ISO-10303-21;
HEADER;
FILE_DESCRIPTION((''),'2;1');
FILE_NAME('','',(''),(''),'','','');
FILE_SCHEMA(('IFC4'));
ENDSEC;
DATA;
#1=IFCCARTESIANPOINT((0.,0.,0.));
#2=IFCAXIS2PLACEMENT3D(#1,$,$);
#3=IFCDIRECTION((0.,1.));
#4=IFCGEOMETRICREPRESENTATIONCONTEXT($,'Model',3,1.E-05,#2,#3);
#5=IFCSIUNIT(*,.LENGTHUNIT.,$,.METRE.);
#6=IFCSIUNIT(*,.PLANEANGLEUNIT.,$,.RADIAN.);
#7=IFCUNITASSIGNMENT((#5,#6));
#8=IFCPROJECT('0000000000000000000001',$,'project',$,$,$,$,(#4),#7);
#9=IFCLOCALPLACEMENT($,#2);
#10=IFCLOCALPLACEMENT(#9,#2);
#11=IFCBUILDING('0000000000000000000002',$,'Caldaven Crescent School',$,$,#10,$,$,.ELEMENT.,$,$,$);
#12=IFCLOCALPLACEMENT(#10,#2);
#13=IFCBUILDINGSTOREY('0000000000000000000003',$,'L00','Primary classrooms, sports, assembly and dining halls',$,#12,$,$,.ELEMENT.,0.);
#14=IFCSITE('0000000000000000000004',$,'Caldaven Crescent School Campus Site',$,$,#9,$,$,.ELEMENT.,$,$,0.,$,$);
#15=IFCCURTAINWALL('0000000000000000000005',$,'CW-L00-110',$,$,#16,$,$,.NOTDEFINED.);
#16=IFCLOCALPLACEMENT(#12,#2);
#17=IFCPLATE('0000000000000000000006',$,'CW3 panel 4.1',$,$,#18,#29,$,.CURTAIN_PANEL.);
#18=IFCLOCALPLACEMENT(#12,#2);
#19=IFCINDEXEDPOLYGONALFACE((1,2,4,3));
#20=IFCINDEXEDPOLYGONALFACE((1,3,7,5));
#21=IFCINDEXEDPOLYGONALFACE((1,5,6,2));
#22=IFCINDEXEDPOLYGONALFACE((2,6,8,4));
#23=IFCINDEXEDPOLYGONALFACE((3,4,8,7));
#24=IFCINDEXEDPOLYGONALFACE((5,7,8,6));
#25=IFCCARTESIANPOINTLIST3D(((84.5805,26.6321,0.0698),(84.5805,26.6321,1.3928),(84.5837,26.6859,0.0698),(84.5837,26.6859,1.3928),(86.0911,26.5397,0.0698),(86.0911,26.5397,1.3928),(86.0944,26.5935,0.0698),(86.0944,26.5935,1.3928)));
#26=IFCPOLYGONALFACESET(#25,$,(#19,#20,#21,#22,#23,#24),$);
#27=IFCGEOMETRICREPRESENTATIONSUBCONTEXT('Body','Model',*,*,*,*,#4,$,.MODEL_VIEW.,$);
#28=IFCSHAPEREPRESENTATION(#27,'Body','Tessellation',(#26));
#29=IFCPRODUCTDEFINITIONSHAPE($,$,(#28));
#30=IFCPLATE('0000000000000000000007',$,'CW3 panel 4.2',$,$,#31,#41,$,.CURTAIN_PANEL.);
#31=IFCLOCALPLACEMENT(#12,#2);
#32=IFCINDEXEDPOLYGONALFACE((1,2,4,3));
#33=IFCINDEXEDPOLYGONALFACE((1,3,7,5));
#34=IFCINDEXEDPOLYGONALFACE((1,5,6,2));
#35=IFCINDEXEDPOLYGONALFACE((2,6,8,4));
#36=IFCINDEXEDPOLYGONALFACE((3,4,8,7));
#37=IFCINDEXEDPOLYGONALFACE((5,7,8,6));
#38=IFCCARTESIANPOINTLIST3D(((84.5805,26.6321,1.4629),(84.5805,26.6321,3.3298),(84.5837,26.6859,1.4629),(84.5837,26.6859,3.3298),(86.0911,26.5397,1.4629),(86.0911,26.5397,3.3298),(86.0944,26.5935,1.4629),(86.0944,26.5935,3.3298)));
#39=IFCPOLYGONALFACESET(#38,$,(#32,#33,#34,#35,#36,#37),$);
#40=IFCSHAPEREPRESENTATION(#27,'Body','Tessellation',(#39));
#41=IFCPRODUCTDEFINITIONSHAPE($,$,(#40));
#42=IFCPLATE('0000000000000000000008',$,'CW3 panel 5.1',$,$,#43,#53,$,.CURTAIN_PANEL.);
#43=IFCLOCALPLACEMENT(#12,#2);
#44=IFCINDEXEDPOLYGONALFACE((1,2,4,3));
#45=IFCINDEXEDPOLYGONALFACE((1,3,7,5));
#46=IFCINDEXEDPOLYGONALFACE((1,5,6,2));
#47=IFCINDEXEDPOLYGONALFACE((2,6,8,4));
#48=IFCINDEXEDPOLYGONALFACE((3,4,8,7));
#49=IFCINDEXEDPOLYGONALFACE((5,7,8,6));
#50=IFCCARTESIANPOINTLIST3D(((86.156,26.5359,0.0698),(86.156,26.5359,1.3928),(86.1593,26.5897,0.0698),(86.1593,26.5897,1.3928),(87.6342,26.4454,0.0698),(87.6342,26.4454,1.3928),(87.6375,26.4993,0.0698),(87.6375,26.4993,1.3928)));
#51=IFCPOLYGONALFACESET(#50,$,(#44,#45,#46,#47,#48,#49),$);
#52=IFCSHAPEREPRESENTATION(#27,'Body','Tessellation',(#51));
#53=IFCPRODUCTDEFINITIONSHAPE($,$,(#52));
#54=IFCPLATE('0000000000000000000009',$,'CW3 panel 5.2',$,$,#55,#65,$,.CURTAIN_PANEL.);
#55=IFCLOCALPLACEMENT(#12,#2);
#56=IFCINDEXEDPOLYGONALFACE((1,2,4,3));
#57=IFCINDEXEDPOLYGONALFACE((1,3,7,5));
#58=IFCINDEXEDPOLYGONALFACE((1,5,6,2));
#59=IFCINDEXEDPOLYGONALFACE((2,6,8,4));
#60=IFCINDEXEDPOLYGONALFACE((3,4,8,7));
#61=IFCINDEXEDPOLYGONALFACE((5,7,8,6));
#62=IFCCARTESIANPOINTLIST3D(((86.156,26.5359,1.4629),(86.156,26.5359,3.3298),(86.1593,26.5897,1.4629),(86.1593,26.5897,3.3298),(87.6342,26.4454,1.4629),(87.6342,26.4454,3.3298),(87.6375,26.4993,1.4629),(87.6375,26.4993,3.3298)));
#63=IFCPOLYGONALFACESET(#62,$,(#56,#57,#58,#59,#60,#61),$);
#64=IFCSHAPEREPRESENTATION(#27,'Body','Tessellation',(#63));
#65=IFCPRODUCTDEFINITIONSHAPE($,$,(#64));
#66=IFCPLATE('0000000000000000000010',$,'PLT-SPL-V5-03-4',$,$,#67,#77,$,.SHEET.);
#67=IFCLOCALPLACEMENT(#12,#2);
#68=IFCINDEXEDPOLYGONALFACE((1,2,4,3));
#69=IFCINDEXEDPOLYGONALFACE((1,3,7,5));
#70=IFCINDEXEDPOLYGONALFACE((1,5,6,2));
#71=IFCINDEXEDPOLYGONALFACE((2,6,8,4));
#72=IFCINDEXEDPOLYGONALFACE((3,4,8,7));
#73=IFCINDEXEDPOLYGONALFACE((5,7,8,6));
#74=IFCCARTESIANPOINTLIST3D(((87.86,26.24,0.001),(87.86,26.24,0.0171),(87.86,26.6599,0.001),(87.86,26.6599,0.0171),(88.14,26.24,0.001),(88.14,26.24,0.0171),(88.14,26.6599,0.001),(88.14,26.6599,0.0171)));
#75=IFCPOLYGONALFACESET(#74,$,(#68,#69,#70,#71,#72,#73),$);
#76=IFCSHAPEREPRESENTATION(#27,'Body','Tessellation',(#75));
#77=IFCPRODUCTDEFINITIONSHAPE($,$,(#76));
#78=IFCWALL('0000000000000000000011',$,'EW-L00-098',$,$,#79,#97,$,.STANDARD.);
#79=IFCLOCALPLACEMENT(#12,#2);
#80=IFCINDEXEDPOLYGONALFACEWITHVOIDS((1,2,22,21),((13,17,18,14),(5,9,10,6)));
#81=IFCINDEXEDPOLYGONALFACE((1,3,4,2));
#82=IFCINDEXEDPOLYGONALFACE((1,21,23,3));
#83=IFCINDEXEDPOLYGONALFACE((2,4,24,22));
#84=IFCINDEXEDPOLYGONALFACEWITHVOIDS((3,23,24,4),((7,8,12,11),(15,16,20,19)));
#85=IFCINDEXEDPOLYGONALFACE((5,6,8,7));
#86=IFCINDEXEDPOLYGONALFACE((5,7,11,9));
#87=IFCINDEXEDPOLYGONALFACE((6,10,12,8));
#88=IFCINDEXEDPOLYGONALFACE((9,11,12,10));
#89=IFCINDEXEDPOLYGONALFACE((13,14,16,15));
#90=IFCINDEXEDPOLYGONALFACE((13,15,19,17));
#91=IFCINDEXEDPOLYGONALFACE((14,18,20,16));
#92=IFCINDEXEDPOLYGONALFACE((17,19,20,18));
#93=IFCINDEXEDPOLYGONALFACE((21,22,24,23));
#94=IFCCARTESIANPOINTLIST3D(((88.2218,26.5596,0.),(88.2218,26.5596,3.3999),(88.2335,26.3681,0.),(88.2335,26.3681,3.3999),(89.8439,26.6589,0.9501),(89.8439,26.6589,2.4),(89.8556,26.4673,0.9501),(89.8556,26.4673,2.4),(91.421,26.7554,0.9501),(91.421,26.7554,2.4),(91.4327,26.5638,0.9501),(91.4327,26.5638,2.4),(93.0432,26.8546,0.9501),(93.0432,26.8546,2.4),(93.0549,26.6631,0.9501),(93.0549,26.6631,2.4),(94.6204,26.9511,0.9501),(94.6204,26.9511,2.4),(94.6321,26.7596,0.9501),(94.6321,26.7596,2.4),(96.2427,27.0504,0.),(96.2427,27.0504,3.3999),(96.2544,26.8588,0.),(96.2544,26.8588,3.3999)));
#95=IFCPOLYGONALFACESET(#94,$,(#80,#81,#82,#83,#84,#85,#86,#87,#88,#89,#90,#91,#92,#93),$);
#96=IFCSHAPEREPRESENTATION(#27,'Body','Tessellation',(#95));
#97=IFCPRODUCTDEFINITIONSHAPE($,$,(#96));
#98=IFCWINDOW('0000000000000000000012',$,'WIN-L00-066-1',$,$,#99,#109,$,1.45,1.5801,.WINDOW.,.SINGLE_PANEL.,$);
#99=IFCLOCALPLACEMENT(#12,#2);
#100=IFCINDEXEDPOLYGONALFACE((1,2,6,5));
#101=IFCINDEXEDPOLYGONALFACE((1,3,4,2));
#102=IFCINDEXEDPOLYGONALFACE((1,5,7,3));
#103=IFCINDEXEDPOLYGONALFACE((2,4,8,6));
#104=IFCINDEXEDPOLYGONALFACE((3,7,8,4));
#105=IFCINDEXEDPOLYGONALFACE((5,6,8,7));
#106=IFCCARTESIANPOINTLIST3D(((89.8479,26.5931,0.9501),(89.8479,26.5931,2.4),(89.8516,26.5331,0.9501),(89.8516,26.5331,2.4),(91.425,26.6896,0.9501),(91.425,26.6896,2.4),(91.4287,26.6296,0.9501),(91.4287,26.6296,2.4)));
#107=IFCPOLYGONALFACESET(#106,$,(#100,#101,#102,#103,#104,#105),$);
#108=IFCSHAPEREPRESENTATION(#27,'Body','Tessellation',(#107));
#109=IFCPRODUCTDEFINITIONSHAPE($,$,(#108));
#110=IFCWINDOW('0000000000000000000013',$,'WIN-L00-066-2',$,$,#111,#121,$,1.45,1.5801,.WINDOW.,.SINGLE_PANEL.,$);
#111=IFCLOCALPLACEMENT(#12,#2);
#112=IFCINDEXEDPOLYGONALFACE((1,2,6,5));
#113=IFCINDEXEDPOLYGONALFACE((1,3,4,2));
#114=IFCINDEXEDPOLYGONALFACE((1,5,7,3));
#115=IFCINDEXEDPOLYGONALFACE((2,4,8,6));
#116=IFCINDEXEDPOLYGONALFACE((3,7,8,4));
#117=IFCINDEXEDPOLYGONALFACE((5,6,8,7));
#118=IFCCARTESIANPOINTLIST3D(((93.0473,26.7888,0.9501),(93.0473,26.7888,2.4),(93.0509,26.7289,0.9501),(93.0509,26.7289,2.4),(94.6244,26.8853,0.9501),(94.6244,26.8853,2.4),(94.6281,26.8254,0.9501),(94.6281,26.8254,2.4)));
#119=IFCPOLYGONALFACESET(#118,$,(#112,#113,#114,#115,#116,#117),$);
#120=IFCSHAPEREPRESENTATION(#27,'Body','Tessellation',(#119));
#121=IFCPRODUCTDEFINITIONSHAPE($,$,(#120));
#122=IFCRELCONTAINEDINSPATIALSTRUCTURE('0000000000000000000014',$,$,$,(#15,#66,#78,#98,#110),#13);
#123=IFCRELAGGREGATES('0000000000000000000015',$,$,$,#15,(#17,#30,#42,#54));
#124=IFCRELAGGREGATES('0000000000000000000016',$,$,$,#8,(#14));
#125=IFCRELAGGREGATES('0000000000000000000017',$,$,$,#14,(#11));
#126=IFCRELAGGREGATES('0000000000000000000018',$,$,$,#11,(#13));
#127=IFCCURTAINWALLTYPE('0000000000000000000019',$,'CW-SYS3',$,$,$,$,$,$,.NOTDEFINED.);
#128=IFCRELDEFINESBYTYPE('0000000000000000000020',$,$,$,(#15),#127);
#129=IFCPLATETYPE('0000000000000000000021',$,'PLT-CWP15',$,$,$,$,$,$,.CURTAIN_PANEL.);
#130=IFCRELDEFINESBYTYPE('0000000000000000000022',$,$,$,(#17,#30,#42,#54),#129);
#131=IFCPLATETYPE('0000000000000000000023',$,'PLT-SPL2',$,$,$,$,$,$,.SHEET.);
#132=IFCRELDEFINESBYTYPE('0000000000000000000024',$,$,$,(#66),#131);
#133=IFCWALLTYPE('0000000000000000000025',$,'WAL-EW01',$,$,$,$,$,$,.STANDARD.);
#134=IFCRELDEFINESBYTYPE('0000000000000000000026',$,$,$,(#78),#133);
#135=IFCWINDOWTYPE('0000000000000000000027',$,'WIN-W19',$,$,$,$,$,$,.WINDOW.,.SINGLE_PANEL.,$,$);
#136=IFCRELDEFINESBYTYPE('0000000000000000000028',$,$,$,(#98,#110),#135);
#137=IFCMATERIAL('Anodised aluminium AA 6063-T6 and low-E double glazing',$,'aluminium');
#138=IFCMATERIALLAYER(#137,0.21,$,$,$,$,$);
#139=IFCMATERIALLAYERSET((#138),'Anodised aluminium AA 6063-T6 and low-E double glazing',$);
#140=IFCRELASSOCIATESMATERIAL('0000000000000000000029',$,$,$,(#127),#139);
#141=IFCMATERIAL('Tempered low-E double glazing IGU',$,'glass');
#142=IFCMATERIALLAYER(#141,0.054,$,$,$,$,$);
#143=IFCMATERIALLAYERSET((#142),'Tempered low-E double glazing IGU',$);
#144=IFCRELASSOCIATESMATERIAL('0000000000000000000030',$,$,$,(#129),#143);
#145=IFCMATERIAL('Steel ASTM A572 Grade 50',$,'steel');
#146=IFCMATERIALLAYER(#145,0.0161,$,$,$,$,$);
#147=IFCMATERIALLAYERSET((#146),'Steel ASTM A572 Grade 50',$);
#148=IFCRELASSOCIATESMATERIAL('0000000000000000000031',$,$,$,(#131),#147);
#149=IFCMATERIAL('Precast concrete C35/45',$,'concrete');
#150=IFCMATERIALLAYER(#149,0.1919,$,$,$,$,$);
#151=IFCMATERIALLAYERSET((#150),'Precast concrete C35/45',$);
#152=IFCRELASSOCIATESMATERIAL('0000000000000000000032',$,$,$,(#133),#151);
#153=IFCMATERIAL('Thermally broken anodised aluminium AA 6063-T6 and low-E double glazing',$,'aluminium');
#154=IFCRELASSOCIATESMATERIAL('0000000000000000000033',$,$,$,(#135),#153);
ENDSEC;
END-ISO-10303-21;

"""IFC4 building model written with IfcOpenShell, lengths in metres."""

from ifc_helpers import new_model, si_unit, direction, frame, frame_2d, origin, origin_2d, place, context, subcontext, project, spatial, rectangle, extrude, material, layer, layer_set, type_object, element, fill, aggregate, save


model = new_model("IFC4")

# Units and contexts
model_context = context("Model", 3, precision=1e-05, world=origin(), true_north=direction((0.0, 1.0)))
body_context = subcontext(model_context, "Body", "Model", "MODEL_VIEW")
ifc_project = project(units=[si_unit("LENGTHUNIT", "METRE"), si_unit("PLANEANGLEUNIT", "RADIAN")], contexts=[model_context])

# Site, building, storey
site_placement = place(None, origin())
site = spatial("IfcSite", under=ifc_project, at=site_placement, Name="Caldaven Crescent School Campus Site", CompositionType="ELEMENT", RefElevation=0.0)
building_placement = place(site_placement, origin())
building = spatial("IfcBuilding", under=site, at=building_placement, Name="Caldaven Crescent School", CompositionType="ELEMENT")
storey_placement = place(building_placement, origin())
storey = spatial("IfcBuildingStorey", under=building, at=storey_placement, Name="L00", Description="Primary classrooms, sports, assembly and dining halls", CompositionType="ELEMENT", Elevation=0.0)

# Curtain wall
ifc_material_1 = material(Name="Anodised aluminium AA 6063-T6 and low-E double glazing", Category="aluminium")
ifc_layer_1 = layer(ifc_material_1, 0.21)
ifc_layer_set_1 = layer_set([ifc_layer_1], Name="Anodised aluminium AA 6063-T6 and low-E double glazing")
curtain_wall_type = type_object("IfcCurtainWallType", Name="CW-SYS3", PredefinedType="NOTDEFINED", material=ifc_layer_set_1)
curtain_wall_placement = place(storey_placement, origin())
curtain_wall = element("IfcCurtainWall", 1, at=curtain_wall_placement, inside=storey, type_object=curtain_wall_type, Name="CW-L00-110", PredefinedType="NOTDEFINED")

# Plates
ifc_material_2 = material(Name="Tempered low-E double glazing IGU", Category="glass")
ifc_layer_2 = layer(ifc_material_2, 0.054)
ifc_layer_set_2 = layer_set([ifc_layer_2], Name="Tempered low-E double glazing IGU")
plate_type_1 = type_object("IfcPlateType", Name="PLT-CWP15", PredefinedType="CURTAIN_PANEL", material=ifc_layer_set_2)
plate_1_placement = place(storey_placement, frame((85.3374, 26.6128, 0.0698), z_axis=(0.0, 0.0, 1.0), x_axis=(0.998135, -0.061049, 0.0)))
plate_1 = element("IfcPlate", 2, at=plate_1_placement, type_object=plate_type_1, Name="CW3 panel 4.1", PredefinedType="CURTAIN_PANEL", context=body_context, shape_type="SweptSolid", body=[
    extrude(rectangle(XDim=1.5134, YDim=0.054, at=origin_2d()), origin(), (0.0, 0.0, 1.0), 1.323),
])
plate_2_placement = place(storey_placement, frame((85.3374, 26.6128, 1.4629), z_axis=(0.0, 0.0, 1.0), x_axis=(0.998135, -0.061049, 0.0)))
plate_2 = element("IfcPlate", 3, at=plate_2_placement, type_object=plate_type_1, Name="CW3 panel 4.2", PredefinedType="CURTAIN_PANEL", context=body_context, shape_type="SweptSolid", body=[
    extrude(rectangle(XDim=1.5134, YDim=0.054, at=origin_2d()), origin(), (0.0, 0.0, 1.0), 1.8669),
])
plate_3_placement = place(storey_placement, frame((86.8967, 26.5176, 0.0698), z_axis=(0.0, 0.0, 1.0), x_axis=(0.998135, -0.061049, 0.0)))
plate_3 = element("IfcPlate", 4, at=plate_3_placement, type_object=plate_type_1, Name="CW3 panel 5.1", PredefinedType="CURTAIN_PANEL", context=body_context, shape_type="SweptSolid", body=[
    extrude(rectangle(XDim=1.481, YDim=0.054, at=origin_2d()), origin(), (0.0, 0.0, 1.0), 1.323),
])
plate_4_placement = place(storey_placement, frame((86.8967, 26.5176, 1.4629), z_axis=(0.0, 0.0, 1.0), x_axis=(0.998135, -0.061049, 0.0)))
plate_4 = element("IfcPlate", 5, at=plate_4_placement, type_object=plate_type_1, Name="CW3 panel 5.2", PredefinedType="CURTAIN_PANEL", context=body_context, shape_type="SweptSolid", body=[
    extrude(rectangle(XDim=1.481, YDim=0.054, at=origin_2d()), origin(), (0.0, 0.0, 1.0), 1.8669),
])
aggregate(curtain_wall, [plate_1, plate_2, plate_3, plate_4])
ifc_material_3 = material(Name="Steel ASTM A572 Grade 50", Category="steel")
ifc_layer_3 = layer(ifc_material_3, 0.0161)
ifc_layer_set_3 = layer_set([ifc_layer_3], Name="Steel ASTM A572 Grade 50")
plate_type_2 = type_object("IfcPlateType", Name="PLT-SPL2", PredefinedType="SHEET", material=ifc_layer_set_3)
plate_5_placement = place(storey_placement, frame((88.0, 26.45, 0.001), z_axis=(0.0, 0.0, 1.0), x_axis=(0.0, -1.0, 0.0)))
element("IfcPlate", 6, at=plate_5_placement, inside=storey, type_object=plate_type_2, Name="PLT-SPL-V5-03-4", PredefinedType="SHEET", context=body_context, shape_type="SweptSolid", body=[
    extrude(rectangle(XDim=0.4199, YDim=0.28, at=origin_2d()), origin(), (0.0, 0.0, 1.0), 0.0161),
])

# Wall, openings, windows
ifc_material_4 = material(Name="Precast concrete C35/45", Category="concrete")
ifc_layer_4 = layer(ifc_material_4, 0.1919)
ifc_layer_set_4 = layer_set([ifc_layer_4], Name="Precast concrete C35/45")
wall_type = type_object("IfcWallType", Name="WAL-EW01", PredefinedType="STANDARD", material=ifc_layer_set_4)
wall_placement = place(storey_placement, frame((88.2275, 26.4639, 0.0), z_axis=(0.0, 0.0, 1.0), x_axis=(0.998134, 0.061066, 0.0)))
wall = element("IfcWall", 7, at=wall_placement, inside=storey, type_object=wall_type, Name="EW-L00-098", PredefinedType="STANDARD", context=body_context, shape_type="SweptSolid", body=[
    extrude(rectangle(XDim=8.0359, YDim=0.1919, at=frame_2d((4.0181, 0.0))), origin(), (0.0, 0.0, 1.0), 3.3999),
])
opening_1_placement = place(wall_placement, frame((1.6252, 0.0, 0.95)))
opening_1 = element("IfcOpeningElement", 8, at=opening_1_placement, cuts=wall, PredefinedType="OPENING", context=body_context, shape_type="SweptSolid", body=[
    extrude(rectangle(XDim=1.5801, YDim=1.45, at=frame_2d((0.79, 0.7251))), frame((0.0, 0.106, 0.0), z_axis=(0.0, -1.0, 0.0), x_axis=(1.0, 0.0, 0.0)), (0.0, 0.0, 1.0), 0.2119),
])
opening_2_placement = place(wall_placement, frame((4.8306, 0.0, 0.95)))
opening_2 = element("IfcOpeningElement", 9, at=opening_2_placement, cuts=wall, PredefinedType="OPENING", context=body_context, shape_type="SweptSolid", body=[
    extrude(rectangle(XDim=1.5801, YDim=1.45, at=frame_2d((0.79, 0.7251))), frame((0.0, 0.106, 0.0), z_axis=(0.0, -1.0, 0.0), x_axis=(1.0, 0.0, 0.0)), (0.0, 0.0, 1.0), 0.2119),
])
ifc_material_5 = material(Name="Thermally broken anodised aluminium AA 6063-T6 and low-E double glazing", Category="aluminium")
window_type = type_object("IfcWindowType", Name="WIN-W19", PartitioningType="SINGLE_PANEL", PredefinedType="WINDOW", material=ifc_material_5)
window_1_placement = place(opening_1_placement, origin())
window_1 = element("IfcWindow", 10, at=window_1_placement, inside=storey, type_object=window_type, Name="WIN-L00-066-1", OverallHeight=1.45, OverallWidth=1.5801, PartitioningType="SINGLE_PANEL", PredefinedType="WINDOW", context=body_context, shape_type="SweptSolid", body=[
    extrude(rectangle(XDim=1.5801, YDim=1.45, at=frame_2d((0.79, 0.7251))), frame((0.0, 0.03, 0.0), z_axis=(0.0, -1.0, 0.0), x_axis=(1.0, 0.0, 0.0)), (0.0, 0.0, 1.0), 0.0601),
])
fill(opening_1, window_1)
window_2_placement = place(opening_2_placement, origin())
window_2 = element("IfcWindow", 11, at=window_2_placement, inside=storey, type_object=window_type, Name="WIN-L00-066-2", OverallHeight=1.45, OverallWidth=1.5801, PartitioningType="SINGLE_PANEL", PredefinedType="WINDOW", context=body_context, shape_type="SweptSolid", body=[
    extrude(rectangle(XDim=1.5801, YDim=1.45, at=frame_2d((0.79, 0.7251))), frame((0.0, 0.03, 0.0), z_axis=(0.0, -1.0, 0.0), x_axis=(1.0, 0.0, 0.0)), (0.0, 0.0, 1.0), 0.0601),
])
fill(opening_2, window_2)

save(model, "model.ifc")
